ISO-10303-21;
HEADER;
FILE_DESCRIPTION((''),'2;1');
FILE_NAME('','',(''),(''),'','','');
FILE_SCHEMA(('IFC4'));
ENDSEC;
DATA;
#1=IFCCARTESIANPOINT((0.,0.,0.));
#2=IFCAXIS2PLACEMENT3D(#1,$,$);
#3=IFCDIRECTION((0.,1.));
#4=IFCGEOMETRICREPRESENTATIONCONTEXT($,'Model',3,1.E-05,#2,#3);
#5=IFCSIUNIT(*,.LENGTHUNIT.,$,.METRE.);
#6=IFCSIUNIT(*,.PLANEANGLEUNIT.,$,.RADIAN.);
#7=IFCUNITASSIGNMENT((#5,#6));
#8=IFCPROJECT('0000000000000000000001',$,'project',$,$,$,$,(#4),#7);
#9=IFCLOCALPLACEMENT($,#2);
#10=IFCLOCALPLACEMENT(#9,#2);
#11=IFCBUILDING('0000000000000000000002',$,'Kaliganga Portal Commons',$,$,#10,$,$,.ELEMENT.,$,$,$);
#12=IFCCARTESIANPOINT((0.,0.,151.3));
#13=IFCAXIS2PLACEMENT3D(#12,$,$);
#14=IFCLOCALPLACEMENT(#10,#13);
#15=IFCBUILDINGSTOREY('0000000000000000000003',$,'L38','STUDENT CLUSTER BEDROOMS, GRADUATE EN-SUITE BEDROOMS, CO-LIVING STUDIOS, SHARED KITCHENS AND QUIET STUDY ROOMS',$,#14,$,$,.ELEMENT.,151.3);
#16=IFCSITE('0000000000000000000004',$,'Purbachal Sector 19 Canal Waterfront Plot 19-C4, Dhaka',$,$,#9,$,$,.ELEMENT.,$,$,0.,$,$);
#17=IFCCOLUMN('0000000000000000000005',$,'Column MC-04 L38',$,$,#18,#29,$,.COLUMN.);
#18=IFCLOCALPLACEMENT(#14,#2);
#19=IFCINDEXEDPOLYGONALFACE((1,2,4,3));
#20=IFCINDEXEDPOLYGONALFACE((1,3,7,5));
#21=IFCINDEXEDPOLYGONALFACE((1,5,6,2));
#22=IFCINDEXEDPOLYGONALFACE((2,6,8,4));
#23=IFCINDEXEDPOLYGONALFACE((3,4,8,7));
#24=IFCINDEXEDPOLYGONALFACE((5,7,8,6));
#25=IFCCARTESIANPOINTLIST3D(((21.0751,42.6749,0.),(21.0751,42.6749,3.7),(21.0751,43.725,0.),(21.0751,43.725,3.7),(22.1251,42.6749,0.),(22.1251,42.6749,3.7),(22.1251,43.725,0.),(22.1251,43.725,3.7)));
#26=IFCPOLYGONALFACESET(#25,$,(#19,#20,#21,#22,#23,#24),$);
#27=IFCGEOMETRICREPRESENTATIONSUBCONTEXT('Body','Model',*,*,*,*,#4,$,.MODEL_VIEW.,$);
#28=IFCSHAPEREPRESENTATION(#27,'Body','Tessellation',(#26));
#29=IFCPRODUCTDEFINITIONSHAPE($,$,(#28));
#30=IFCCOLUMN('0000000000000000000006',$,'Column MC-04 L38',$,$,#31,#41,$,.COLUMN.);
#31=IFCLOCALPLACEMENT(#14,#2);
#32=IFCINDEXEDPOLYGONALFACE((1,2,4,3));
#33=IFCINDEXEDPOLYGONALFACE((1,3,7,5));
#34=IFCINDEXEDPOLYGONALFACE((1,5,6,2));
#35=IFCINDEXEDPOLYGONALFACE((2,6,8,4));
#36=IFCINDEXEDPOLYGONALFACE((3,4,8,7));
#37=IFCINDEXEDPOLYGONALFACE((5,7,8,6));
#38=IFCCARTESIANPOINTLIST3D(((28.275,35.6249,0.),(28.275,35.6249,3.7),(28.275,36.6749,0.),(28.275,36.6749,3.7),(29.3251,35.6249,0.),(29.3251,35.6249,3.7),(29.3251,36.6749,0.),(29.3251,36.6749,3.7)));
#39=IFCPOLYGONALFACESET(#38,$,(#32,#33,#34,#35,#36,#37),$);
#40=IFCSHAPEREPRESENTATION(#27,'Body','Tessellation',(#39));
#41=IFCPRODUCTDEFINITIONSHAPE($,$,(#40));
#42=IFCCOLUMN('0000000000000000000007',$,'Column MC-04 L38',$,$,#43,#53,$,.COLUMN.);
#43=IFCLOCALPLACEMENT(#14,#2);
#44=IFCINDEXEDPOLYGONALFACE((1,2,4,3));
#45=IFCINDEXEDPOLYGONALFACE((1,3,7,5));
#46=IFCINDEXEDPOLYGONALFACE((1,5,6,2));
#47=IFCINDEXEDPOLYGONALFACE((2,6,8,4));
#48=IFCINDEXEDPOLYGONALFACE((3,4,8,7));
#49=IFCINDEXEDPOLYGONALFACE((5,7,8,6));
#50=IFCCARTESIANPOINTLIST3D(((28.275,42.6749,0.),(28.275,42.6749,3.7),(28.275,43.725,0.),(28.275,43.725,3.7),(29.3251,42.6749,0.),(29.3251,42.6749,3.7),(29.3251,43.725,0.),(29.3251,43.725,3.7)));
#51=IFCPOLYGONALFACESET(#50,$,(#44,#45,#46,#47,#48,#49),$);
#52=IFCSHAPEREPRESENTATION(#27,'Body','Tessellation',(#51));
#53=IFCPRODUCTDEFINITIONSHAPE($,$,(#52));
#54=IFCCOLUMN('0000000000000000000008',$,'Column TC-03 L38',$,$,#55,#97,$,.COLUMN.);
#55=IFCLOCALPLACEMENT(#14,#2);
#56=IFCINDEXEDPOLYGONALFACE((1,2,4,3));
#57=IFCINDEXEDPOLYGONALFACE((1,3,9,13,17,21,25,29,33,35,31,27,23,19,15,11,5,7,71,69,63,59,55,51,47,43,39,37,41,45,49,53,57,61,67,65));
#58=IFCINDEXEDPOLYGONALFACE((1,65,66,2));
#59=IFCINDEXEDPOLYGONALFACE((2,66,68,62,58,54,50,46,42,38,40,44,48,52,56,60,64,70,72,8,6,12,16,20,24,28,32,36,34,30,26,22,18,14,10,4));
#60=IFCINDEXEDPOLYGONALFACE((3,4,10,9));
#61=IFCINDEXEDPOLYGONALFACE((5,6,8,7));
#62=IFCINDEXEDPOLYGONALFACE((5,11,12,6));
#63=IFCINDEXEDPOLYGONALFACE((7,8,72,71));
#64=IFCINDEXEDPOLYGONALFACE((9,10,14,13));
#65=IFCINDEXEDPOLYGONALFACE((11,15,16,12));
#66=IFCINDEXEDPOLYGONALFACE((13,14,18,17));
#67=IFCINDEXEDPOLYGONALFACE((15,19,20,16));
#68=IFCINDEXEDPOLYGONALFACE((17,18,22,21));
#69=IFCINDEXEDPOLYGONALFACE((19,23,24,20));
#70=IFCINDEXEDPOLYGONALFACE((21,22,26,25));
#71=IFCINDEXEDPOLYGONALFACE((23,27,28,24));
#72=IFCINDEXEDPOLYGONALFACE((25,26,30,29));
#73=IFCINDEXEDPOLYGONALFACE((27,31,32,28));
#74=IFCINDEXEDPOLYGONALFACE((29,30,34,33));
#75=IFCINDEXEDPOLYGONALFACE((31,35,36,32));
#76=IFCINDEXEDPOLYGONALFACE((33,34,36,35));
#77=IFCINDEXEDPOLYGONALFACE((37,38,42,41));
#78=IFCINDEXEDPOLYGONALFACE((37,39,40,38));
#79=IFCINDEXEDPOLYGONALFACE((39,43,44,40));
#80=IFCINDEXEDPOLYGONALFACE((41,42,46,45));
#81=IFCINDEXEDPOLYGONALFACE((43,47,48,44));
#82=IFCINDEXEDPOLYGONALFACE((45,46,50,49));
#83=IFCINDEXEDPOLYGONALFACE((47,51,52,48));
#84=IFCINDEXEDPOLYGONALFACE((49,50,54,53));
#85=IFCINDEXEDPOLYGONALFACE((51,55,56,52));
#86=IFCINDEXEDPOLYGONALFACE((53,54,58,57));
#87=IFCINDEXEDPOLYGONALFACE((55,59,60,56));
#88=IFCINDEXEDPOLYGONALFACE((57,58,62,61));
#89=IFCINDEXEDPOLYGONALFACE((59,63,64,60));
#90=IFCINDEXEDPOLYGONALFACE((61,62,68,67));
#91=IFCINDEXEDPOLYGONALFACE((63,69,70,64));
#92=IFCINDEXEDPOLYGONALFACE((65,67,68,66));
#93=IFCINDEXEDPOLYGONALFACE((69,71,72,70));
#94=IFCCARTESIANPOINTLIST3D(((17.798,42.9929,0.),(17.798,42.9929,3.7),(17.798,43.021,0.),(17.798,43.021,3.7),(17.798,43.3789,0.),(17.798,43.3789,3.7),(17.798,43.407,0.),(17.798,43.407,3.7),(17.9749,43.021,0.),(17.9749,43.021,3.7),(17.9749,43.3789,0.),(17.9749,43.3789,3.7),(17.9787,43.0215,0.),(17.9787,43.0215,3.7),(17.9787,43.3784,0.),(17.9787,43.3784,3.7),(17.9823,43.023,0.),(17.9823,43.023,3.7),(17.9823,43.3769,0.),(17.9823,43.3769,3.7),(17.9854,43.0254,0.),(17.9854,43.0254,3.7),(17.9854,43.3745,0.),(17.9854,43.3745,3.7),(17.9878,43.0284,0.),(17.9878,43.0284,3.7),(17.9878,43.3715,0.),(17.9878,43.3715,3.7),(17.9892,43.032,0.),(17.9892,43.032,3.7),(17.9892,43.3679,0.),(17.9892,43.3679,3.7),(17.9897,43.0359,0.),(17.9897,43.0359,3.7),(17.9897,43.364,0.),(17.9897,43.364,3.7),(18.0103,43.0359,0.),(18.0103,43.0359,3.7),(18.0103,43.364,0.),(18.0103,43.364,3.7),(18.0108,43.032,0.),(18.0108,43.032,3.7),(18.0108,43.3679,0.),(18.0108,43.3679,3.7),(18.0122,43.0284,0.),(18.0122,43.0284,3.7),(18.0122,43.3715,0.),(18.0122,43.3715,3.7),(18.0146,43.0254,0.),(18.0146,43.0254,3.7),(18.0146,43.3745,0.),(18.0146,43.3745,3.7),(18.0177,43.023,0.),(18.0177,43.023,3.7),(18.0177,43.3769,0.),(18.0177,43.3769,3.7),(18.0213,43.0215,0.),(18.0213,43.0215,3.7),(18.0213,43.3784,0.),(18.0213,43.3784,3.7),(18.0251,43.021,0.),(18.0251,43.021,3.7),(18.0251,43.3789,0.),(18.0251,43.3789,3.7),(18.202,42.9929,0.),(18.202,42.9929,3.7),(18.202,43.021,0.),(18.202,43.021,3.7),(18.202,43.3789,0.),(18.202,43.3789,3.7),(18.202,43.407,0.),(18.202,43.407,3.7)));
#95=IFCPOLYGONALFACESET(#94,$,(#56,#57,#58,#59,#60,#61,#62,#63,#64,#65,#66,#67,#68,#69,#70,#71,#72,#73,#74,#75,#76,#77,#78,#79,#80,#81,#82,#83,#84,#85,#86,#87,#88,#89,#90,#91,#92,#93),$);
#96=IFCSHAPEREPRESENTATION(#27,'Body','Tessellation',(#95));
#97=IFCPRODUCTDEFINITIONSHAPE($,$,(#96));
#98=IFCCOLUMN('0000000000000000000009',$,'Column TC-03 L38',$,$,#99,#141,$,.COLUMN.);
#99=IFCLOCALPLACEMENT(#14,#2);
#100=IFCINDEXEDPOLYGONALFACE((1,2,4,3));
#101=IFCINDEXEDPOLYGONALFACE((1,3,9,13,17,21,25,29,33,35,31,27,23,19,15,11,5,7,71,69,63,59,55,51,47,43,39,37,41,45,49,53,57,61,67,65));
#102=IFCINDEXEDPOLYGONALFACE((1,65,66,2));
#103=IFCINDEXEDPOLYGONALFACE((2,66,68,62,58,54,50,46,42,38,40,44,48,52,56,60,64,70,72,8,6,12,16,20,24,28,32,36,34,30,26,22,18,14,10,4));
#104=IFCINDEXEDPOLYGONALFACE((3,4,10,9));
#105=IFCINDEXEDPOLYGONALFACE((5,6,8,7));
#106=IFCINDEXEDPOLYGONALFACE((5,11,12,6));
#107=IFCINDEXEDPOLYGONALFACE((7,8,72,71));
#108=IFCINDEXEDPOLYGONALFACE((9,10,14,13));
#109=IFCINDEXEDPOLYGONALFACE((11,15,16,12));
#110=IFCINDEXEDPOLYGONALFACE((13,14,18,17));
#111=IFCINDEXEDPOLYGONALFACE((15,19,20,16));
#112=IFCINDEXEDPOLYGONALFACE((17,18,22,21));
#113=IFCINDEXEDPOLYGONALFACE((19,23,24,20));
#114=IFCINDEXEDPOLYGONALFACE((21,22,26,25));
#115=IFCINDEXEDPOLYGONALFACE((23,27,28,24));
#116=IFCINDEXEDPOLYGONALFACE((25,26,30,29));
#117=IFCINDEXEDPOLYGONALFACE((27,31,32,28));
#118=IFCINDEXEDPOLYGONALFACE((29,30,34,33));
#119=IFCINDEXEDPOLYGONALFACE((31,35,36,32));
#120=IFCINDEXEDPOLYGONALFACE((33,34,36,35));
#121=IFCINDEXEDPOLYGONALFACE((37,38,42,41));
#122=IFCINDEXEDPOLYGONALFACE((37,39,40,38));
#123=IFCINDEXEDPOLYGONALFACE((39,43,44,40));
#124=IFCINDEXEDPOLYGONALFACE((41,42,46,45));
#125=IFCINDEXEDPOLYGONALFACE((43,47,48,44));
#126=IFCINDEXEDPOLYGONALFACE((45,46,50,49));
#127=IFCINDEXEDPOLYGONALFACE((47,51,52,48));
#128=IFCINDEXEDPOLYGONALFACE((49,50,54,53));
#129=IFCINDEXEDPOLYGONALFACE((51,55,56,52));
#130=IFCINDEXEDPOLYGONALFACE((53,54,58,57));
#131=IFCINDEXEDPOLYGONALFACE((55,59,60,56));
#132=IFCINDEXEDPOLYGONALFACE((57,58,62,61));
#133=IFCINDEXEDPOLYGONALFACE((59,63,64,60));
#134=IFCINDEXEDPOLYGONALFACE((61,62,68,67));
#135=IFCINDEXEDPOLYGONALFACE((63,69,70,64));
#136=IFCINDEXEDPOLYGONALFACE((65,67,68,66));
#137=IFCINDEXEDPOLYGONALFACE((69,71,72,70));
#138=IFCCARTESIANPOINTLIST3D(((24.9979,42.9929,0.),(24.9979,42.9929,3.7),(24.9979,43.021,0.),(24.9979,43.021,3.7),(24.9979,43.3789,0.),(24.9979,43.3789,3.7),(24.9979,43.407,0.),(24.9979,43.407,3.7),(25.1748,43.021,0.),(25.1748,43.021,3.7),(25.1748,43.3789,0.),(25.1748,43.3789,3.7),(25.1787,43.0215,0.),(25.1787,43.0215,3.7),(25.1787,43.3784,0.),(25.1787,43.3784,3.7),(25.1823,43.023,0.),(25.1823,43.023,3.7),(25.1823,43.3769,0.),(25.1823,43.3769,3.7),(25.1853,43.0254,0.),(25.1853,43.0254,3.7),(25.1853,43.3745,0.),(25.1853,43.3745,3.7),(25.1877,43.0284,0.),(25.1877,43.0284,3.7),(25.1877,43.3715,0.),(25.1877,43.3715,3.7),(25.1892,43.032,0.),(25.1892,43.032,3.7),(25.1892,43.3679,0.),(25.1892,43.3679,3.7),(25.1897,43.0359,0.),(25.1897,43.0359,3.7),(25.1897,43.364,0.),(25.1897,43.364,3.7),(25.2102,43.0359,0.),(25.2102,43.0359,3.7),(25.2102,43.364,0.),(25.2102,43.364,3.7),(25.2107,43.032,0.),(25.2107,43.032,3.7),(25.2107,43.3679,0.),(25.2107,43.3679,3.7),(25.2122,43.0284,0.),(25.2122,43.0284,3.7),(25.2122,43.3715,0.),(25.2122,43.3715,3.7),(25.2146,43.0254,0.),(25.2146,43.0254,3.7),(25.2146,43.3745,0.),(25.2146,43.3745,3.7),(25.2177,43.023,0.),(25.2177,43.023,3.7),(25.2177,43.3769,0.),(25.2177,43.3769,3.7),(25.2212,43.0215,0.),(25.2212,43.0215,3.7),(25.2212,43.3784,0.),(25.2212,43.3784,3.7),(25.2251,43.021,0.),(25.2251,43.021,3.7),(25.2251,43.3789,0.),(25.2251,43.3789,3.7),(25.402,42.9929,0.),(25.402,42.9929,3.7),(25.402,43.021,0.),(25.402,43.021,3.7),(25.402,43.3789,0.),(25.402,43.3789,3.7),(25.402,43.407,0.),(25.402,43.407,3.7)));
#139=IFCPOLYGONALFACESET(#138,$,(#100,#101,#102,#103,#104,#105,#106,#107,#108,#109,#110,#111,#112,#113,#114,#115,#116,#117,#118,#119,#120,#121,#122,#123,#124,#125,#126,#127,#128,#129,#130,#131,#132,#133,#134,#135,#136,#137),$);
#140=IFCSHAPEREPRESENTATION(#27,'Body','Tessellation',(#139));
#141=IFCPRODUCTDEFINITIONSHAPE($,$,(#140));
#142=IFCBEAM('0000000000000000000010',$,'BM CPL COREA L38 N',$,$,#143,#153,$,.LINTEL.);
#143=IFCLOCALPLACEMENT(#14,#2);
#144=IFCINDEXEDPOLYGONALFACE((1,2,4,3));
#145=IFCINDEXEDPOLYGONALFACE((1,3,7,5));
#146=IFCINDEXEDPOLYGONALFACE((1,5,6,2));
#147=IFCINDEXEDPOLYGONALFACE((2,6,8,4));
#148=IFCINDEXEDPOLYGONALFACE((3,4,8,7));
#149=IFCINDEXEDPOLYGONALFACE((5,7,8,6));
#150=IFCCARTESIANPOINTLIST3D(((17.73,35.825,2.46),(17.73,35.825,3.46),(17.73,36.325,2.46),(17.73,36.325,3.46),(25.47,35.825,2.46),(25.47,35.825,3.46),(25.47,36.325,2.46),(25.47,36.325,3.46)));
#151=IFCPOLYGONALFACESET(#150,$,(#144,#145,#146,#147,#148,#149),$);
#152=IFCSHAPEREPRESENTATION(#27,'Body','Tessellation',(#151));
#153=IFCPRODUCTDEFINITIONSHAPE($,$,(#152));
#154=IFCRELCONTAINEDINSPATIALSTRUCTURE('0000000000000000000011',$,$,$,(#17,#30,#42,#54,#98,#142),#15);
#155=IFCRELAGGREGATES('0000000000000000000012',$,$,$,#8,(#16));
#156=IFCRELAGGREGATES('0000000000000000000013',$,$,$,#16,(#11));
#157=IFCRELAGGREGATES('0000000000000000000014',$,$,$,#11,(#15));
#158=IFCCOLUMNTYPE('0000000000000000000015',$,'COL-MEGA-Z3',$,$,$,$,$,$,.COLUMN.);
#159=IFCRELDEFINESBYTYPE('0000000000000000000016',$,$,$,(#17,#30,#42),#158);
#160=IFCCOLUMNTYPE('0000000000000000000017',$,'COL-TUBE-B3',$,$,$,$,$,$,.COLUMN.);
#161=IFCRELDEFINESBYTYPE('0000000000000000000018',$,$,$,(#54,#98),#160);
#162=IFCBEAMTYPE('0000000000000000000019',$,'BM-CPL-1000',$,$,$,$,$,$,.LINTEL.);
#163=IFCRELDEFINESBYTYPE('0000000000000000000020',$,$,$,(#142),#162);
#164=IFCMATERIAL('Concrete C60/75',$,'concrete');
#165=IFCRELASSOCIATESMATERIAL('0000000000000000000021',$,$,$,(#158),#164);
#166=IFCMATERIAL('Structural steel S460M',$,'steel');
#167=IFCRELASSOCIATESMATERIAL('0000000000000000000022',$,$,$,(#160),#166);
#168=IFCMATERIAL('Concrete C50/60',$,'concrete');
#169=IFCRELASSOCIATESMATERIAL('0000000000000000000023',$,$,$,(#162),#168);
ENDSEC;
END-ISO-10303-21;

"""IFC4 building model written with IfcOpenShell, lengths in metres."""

from ifc_helpers import new_model, si_unit, direction, frame, origin, origin_2d, place, context, subcontext, project, spatial, rectangle, i_section, extrude, source, transform, mapped, material, material_profile, profile_set, type_object, element, save


model = new_model("IFC4")

# Units and contexts
model_context = context("Model", 3, precision=1e-05, world=origin(), true_north=direction((0.0, 1.0)))
body_context = subcontext(model_context, "Body", "Model", "MODEL_VIEW")
ifc_project = project(units=[si_unit("LENGTHUNIT", "METRE"), si_unit("PLANEANGLEUNIT", "RADIAN")], contexts=[model_context])

# Site, building, storey
site_placement = place(None, origin())
site = spatial("IfcSite", under=ifc_project, at=site_placement, Name="Purbachal Sector 19 Canal Waterfront Plot 19-C4, Dhaka", CompositionType="ELEMENT", RefElevation=0.0)
building_placement = place(site_placement, origin())
building = spatial("IfcBuilding", under=site, at=building_placement, Name="Kaliganga Portal Commons", CompositionType="ELEMENT")
storey_placement = place(building_placement, frame((0.0, 0.0, 151.3)))
storey = spatial("IfcBuildingStorey", under=building, at=storey_placement, Name="L38", Description="STUDENT CLUSTER BEDROOMS, GRADUATE EN-SUITE BEDROOMS, CO-LIVING STUDIOS, SHARED KITCHENS AND QUIET STUDY ROOMS", CompositionType="ELEMENT", Elevation=151.3)

# Columns
ifc_material_1 = material(Name="Concrete C60/75", Category="concrete")
ifc_material_profile_1 = material_profile(ifc_material_1, rectangle(XDim=1.05, YDim=1.05, at=origin_2d()), Name="RC 1050x1050")
ifc_profile_set_1 = profile_set([ifc_material_profile_1], Name="Concrete C60/75")
column_type_1 = type_object("IfcColumnType", Name="COL-MEGA-Z3", PredefinedType="COLUMN", material=ifc_profile_set_1)
shared_shape_1 = source(origin(), body_context, "Body", "SweptSolid", [
    extrude(rectangle(XDim=1.05, YDim=1.05, at=origin_2d()), origin(), (0.0, 0.0, 1.0), 3.7),
])
for number, where, z_axis, x_axis, name in (
    (1, (21.6001, 43.2, 0.0), (0.0, 0.0, 1.0), (1.0, 0.0, 0.0), "Column MC-04 L38"),
    (2, (28.8, 36.1499, 0.0), (0.0, 0.0, 1.0), (1.0, 0.0, 0.0), "Column MC-04 L38"),
    (3, (28.8, 43.2, 0.0), (0.0, 0.0, 1.0), (1.0, 0.0, 0.0), "Column MC-04 L38"),
):
    element("IfcColumn", number, at=place(storey_placement, frame(where, z_axis=z_axis, x_axis=x_axis)), inside=storey, type_object=column_type_1, Name=name, PredefinedType="COLUMN", context=body_context, shape_type="MappedRepresentation", body=[
        mapped(shared_shape_1, transform((0.0, 0.0, 0.0), x_axis=(1.0, 0.0, 0.0), y_axis=(0.0, 1.0, 0.0), z_axis=(0.0, 0.0, 1.0), scale=1.0)),
    ])
ifc_material_2 = material(Name="Structural steel S460M", Category="steel")
ifc_material_profile_2 = material_profile(ifc_material_2, i_section(OverallWidth=0.4041, OverallDepth=0.4141, WebThickness=0.0205, FlangeThickness=0.0281, FilletRadius=0.0149, at=origin_2d()), Name="HD 400x347")
ifc_profile_set_2 = profile_set([ifc_material_profile_2], Name="Structural steel S460M wide-flange")
column_type_2 = type_object("IfcColumnType", Name="COL-TUBE-B3", PredefinedType="COLUMN", material=ifc_profile_set_2)
shared_shape_2 = source(origin(), body_context, "Body", "SweptSolid", [
    extrude(i_section(OverallWidth=0.4041, OverallDepth=0.4141, WebThickness=0.0205, FlangeThickness=0.0281, FilletRadius=0.0149, at=origin_2d()), origin(), (0.0, 0.0, 1.0), 3.7),
])
for number, where, z_axis, x_axis, name in (
    (4, (18.0, 43.2, 0.0), (0.0, 0.0, 1.0), (1.0, 0.0, 0.0), "Column TC-03 L38"),
    (5, (25.2, 43.2, 0.0), (0.0, 0.0, 1.0), (1.0, 0.0, 0.0), "Column TC-03 L38"),
):
    element("IfcColumn", number, at=place(storey_placement, frame(where, z_axis=z_axis, x_axis=x_axis)), inside=storey, type_object=column_type_2, Name=name, PredefinedType="COLUMN", context=body_context, shape_type="MappedRepresentation", body=[
        mapped(shared_shape_2, transform((0.0, 0.0, 0.0), x_axis=(1.0, 0.0, 0.0), y_axis=(0.0, 1.0, 0.0), z_axis=(0.0, 0.0, 1.0), scale=1.0)),
    ])

# Beam
ifc_material_3 = material(Name="Concrete C50/60", Category="concrete")
ifc_material_profile_3 = material_profile(ifc_material_3, rectangle(XDim=0.5, YDim=1.0, at=origin_2d()), Name="RC 500x1000")
ifc_profile_set_3 = profile_set([ifc_material_profile_3], Name="Concrete C50/60")
beam_type_1 = type_object("IfcBeamType", Name="BM-CPL-1000", PredefinedType="LINTEL", material=ifc_profile_set_3)
shared_shape_3 = source(origin(), body_context, "Body", "SweptSolid", [
    extrude(rectangle(XDim=0.5, YDim=1.0, at=origin_2d()), origin(), (0.0, 0.0, 1.0), 7.74),
])
beam_1_placement = place(storey_placement, frame((17.73, 36.075, 2.96), z_axis=(1.0, 0.0, 0.0), x_axis=(0.0, 1.0, 0.0)))
element("IfcBeam", 6, at=beam_1_placement, inside=storey, type_object=beam_type_1, Name="BM CPL COREA L38 N", PredefinedType="LINTEL", context=body_context, shape_type="MappedRepresentation", body=[
    mapped(shared_shape_3, transform((0.0, 0.0, 0.0), x_axis=(1.0, 0.0, 0.0), y_axis=(0.0, 1.0, 0.0), z_axis=(0.0, 0.0, 1.0), scale=1.0)),
])

save(model, "model.ifc")
